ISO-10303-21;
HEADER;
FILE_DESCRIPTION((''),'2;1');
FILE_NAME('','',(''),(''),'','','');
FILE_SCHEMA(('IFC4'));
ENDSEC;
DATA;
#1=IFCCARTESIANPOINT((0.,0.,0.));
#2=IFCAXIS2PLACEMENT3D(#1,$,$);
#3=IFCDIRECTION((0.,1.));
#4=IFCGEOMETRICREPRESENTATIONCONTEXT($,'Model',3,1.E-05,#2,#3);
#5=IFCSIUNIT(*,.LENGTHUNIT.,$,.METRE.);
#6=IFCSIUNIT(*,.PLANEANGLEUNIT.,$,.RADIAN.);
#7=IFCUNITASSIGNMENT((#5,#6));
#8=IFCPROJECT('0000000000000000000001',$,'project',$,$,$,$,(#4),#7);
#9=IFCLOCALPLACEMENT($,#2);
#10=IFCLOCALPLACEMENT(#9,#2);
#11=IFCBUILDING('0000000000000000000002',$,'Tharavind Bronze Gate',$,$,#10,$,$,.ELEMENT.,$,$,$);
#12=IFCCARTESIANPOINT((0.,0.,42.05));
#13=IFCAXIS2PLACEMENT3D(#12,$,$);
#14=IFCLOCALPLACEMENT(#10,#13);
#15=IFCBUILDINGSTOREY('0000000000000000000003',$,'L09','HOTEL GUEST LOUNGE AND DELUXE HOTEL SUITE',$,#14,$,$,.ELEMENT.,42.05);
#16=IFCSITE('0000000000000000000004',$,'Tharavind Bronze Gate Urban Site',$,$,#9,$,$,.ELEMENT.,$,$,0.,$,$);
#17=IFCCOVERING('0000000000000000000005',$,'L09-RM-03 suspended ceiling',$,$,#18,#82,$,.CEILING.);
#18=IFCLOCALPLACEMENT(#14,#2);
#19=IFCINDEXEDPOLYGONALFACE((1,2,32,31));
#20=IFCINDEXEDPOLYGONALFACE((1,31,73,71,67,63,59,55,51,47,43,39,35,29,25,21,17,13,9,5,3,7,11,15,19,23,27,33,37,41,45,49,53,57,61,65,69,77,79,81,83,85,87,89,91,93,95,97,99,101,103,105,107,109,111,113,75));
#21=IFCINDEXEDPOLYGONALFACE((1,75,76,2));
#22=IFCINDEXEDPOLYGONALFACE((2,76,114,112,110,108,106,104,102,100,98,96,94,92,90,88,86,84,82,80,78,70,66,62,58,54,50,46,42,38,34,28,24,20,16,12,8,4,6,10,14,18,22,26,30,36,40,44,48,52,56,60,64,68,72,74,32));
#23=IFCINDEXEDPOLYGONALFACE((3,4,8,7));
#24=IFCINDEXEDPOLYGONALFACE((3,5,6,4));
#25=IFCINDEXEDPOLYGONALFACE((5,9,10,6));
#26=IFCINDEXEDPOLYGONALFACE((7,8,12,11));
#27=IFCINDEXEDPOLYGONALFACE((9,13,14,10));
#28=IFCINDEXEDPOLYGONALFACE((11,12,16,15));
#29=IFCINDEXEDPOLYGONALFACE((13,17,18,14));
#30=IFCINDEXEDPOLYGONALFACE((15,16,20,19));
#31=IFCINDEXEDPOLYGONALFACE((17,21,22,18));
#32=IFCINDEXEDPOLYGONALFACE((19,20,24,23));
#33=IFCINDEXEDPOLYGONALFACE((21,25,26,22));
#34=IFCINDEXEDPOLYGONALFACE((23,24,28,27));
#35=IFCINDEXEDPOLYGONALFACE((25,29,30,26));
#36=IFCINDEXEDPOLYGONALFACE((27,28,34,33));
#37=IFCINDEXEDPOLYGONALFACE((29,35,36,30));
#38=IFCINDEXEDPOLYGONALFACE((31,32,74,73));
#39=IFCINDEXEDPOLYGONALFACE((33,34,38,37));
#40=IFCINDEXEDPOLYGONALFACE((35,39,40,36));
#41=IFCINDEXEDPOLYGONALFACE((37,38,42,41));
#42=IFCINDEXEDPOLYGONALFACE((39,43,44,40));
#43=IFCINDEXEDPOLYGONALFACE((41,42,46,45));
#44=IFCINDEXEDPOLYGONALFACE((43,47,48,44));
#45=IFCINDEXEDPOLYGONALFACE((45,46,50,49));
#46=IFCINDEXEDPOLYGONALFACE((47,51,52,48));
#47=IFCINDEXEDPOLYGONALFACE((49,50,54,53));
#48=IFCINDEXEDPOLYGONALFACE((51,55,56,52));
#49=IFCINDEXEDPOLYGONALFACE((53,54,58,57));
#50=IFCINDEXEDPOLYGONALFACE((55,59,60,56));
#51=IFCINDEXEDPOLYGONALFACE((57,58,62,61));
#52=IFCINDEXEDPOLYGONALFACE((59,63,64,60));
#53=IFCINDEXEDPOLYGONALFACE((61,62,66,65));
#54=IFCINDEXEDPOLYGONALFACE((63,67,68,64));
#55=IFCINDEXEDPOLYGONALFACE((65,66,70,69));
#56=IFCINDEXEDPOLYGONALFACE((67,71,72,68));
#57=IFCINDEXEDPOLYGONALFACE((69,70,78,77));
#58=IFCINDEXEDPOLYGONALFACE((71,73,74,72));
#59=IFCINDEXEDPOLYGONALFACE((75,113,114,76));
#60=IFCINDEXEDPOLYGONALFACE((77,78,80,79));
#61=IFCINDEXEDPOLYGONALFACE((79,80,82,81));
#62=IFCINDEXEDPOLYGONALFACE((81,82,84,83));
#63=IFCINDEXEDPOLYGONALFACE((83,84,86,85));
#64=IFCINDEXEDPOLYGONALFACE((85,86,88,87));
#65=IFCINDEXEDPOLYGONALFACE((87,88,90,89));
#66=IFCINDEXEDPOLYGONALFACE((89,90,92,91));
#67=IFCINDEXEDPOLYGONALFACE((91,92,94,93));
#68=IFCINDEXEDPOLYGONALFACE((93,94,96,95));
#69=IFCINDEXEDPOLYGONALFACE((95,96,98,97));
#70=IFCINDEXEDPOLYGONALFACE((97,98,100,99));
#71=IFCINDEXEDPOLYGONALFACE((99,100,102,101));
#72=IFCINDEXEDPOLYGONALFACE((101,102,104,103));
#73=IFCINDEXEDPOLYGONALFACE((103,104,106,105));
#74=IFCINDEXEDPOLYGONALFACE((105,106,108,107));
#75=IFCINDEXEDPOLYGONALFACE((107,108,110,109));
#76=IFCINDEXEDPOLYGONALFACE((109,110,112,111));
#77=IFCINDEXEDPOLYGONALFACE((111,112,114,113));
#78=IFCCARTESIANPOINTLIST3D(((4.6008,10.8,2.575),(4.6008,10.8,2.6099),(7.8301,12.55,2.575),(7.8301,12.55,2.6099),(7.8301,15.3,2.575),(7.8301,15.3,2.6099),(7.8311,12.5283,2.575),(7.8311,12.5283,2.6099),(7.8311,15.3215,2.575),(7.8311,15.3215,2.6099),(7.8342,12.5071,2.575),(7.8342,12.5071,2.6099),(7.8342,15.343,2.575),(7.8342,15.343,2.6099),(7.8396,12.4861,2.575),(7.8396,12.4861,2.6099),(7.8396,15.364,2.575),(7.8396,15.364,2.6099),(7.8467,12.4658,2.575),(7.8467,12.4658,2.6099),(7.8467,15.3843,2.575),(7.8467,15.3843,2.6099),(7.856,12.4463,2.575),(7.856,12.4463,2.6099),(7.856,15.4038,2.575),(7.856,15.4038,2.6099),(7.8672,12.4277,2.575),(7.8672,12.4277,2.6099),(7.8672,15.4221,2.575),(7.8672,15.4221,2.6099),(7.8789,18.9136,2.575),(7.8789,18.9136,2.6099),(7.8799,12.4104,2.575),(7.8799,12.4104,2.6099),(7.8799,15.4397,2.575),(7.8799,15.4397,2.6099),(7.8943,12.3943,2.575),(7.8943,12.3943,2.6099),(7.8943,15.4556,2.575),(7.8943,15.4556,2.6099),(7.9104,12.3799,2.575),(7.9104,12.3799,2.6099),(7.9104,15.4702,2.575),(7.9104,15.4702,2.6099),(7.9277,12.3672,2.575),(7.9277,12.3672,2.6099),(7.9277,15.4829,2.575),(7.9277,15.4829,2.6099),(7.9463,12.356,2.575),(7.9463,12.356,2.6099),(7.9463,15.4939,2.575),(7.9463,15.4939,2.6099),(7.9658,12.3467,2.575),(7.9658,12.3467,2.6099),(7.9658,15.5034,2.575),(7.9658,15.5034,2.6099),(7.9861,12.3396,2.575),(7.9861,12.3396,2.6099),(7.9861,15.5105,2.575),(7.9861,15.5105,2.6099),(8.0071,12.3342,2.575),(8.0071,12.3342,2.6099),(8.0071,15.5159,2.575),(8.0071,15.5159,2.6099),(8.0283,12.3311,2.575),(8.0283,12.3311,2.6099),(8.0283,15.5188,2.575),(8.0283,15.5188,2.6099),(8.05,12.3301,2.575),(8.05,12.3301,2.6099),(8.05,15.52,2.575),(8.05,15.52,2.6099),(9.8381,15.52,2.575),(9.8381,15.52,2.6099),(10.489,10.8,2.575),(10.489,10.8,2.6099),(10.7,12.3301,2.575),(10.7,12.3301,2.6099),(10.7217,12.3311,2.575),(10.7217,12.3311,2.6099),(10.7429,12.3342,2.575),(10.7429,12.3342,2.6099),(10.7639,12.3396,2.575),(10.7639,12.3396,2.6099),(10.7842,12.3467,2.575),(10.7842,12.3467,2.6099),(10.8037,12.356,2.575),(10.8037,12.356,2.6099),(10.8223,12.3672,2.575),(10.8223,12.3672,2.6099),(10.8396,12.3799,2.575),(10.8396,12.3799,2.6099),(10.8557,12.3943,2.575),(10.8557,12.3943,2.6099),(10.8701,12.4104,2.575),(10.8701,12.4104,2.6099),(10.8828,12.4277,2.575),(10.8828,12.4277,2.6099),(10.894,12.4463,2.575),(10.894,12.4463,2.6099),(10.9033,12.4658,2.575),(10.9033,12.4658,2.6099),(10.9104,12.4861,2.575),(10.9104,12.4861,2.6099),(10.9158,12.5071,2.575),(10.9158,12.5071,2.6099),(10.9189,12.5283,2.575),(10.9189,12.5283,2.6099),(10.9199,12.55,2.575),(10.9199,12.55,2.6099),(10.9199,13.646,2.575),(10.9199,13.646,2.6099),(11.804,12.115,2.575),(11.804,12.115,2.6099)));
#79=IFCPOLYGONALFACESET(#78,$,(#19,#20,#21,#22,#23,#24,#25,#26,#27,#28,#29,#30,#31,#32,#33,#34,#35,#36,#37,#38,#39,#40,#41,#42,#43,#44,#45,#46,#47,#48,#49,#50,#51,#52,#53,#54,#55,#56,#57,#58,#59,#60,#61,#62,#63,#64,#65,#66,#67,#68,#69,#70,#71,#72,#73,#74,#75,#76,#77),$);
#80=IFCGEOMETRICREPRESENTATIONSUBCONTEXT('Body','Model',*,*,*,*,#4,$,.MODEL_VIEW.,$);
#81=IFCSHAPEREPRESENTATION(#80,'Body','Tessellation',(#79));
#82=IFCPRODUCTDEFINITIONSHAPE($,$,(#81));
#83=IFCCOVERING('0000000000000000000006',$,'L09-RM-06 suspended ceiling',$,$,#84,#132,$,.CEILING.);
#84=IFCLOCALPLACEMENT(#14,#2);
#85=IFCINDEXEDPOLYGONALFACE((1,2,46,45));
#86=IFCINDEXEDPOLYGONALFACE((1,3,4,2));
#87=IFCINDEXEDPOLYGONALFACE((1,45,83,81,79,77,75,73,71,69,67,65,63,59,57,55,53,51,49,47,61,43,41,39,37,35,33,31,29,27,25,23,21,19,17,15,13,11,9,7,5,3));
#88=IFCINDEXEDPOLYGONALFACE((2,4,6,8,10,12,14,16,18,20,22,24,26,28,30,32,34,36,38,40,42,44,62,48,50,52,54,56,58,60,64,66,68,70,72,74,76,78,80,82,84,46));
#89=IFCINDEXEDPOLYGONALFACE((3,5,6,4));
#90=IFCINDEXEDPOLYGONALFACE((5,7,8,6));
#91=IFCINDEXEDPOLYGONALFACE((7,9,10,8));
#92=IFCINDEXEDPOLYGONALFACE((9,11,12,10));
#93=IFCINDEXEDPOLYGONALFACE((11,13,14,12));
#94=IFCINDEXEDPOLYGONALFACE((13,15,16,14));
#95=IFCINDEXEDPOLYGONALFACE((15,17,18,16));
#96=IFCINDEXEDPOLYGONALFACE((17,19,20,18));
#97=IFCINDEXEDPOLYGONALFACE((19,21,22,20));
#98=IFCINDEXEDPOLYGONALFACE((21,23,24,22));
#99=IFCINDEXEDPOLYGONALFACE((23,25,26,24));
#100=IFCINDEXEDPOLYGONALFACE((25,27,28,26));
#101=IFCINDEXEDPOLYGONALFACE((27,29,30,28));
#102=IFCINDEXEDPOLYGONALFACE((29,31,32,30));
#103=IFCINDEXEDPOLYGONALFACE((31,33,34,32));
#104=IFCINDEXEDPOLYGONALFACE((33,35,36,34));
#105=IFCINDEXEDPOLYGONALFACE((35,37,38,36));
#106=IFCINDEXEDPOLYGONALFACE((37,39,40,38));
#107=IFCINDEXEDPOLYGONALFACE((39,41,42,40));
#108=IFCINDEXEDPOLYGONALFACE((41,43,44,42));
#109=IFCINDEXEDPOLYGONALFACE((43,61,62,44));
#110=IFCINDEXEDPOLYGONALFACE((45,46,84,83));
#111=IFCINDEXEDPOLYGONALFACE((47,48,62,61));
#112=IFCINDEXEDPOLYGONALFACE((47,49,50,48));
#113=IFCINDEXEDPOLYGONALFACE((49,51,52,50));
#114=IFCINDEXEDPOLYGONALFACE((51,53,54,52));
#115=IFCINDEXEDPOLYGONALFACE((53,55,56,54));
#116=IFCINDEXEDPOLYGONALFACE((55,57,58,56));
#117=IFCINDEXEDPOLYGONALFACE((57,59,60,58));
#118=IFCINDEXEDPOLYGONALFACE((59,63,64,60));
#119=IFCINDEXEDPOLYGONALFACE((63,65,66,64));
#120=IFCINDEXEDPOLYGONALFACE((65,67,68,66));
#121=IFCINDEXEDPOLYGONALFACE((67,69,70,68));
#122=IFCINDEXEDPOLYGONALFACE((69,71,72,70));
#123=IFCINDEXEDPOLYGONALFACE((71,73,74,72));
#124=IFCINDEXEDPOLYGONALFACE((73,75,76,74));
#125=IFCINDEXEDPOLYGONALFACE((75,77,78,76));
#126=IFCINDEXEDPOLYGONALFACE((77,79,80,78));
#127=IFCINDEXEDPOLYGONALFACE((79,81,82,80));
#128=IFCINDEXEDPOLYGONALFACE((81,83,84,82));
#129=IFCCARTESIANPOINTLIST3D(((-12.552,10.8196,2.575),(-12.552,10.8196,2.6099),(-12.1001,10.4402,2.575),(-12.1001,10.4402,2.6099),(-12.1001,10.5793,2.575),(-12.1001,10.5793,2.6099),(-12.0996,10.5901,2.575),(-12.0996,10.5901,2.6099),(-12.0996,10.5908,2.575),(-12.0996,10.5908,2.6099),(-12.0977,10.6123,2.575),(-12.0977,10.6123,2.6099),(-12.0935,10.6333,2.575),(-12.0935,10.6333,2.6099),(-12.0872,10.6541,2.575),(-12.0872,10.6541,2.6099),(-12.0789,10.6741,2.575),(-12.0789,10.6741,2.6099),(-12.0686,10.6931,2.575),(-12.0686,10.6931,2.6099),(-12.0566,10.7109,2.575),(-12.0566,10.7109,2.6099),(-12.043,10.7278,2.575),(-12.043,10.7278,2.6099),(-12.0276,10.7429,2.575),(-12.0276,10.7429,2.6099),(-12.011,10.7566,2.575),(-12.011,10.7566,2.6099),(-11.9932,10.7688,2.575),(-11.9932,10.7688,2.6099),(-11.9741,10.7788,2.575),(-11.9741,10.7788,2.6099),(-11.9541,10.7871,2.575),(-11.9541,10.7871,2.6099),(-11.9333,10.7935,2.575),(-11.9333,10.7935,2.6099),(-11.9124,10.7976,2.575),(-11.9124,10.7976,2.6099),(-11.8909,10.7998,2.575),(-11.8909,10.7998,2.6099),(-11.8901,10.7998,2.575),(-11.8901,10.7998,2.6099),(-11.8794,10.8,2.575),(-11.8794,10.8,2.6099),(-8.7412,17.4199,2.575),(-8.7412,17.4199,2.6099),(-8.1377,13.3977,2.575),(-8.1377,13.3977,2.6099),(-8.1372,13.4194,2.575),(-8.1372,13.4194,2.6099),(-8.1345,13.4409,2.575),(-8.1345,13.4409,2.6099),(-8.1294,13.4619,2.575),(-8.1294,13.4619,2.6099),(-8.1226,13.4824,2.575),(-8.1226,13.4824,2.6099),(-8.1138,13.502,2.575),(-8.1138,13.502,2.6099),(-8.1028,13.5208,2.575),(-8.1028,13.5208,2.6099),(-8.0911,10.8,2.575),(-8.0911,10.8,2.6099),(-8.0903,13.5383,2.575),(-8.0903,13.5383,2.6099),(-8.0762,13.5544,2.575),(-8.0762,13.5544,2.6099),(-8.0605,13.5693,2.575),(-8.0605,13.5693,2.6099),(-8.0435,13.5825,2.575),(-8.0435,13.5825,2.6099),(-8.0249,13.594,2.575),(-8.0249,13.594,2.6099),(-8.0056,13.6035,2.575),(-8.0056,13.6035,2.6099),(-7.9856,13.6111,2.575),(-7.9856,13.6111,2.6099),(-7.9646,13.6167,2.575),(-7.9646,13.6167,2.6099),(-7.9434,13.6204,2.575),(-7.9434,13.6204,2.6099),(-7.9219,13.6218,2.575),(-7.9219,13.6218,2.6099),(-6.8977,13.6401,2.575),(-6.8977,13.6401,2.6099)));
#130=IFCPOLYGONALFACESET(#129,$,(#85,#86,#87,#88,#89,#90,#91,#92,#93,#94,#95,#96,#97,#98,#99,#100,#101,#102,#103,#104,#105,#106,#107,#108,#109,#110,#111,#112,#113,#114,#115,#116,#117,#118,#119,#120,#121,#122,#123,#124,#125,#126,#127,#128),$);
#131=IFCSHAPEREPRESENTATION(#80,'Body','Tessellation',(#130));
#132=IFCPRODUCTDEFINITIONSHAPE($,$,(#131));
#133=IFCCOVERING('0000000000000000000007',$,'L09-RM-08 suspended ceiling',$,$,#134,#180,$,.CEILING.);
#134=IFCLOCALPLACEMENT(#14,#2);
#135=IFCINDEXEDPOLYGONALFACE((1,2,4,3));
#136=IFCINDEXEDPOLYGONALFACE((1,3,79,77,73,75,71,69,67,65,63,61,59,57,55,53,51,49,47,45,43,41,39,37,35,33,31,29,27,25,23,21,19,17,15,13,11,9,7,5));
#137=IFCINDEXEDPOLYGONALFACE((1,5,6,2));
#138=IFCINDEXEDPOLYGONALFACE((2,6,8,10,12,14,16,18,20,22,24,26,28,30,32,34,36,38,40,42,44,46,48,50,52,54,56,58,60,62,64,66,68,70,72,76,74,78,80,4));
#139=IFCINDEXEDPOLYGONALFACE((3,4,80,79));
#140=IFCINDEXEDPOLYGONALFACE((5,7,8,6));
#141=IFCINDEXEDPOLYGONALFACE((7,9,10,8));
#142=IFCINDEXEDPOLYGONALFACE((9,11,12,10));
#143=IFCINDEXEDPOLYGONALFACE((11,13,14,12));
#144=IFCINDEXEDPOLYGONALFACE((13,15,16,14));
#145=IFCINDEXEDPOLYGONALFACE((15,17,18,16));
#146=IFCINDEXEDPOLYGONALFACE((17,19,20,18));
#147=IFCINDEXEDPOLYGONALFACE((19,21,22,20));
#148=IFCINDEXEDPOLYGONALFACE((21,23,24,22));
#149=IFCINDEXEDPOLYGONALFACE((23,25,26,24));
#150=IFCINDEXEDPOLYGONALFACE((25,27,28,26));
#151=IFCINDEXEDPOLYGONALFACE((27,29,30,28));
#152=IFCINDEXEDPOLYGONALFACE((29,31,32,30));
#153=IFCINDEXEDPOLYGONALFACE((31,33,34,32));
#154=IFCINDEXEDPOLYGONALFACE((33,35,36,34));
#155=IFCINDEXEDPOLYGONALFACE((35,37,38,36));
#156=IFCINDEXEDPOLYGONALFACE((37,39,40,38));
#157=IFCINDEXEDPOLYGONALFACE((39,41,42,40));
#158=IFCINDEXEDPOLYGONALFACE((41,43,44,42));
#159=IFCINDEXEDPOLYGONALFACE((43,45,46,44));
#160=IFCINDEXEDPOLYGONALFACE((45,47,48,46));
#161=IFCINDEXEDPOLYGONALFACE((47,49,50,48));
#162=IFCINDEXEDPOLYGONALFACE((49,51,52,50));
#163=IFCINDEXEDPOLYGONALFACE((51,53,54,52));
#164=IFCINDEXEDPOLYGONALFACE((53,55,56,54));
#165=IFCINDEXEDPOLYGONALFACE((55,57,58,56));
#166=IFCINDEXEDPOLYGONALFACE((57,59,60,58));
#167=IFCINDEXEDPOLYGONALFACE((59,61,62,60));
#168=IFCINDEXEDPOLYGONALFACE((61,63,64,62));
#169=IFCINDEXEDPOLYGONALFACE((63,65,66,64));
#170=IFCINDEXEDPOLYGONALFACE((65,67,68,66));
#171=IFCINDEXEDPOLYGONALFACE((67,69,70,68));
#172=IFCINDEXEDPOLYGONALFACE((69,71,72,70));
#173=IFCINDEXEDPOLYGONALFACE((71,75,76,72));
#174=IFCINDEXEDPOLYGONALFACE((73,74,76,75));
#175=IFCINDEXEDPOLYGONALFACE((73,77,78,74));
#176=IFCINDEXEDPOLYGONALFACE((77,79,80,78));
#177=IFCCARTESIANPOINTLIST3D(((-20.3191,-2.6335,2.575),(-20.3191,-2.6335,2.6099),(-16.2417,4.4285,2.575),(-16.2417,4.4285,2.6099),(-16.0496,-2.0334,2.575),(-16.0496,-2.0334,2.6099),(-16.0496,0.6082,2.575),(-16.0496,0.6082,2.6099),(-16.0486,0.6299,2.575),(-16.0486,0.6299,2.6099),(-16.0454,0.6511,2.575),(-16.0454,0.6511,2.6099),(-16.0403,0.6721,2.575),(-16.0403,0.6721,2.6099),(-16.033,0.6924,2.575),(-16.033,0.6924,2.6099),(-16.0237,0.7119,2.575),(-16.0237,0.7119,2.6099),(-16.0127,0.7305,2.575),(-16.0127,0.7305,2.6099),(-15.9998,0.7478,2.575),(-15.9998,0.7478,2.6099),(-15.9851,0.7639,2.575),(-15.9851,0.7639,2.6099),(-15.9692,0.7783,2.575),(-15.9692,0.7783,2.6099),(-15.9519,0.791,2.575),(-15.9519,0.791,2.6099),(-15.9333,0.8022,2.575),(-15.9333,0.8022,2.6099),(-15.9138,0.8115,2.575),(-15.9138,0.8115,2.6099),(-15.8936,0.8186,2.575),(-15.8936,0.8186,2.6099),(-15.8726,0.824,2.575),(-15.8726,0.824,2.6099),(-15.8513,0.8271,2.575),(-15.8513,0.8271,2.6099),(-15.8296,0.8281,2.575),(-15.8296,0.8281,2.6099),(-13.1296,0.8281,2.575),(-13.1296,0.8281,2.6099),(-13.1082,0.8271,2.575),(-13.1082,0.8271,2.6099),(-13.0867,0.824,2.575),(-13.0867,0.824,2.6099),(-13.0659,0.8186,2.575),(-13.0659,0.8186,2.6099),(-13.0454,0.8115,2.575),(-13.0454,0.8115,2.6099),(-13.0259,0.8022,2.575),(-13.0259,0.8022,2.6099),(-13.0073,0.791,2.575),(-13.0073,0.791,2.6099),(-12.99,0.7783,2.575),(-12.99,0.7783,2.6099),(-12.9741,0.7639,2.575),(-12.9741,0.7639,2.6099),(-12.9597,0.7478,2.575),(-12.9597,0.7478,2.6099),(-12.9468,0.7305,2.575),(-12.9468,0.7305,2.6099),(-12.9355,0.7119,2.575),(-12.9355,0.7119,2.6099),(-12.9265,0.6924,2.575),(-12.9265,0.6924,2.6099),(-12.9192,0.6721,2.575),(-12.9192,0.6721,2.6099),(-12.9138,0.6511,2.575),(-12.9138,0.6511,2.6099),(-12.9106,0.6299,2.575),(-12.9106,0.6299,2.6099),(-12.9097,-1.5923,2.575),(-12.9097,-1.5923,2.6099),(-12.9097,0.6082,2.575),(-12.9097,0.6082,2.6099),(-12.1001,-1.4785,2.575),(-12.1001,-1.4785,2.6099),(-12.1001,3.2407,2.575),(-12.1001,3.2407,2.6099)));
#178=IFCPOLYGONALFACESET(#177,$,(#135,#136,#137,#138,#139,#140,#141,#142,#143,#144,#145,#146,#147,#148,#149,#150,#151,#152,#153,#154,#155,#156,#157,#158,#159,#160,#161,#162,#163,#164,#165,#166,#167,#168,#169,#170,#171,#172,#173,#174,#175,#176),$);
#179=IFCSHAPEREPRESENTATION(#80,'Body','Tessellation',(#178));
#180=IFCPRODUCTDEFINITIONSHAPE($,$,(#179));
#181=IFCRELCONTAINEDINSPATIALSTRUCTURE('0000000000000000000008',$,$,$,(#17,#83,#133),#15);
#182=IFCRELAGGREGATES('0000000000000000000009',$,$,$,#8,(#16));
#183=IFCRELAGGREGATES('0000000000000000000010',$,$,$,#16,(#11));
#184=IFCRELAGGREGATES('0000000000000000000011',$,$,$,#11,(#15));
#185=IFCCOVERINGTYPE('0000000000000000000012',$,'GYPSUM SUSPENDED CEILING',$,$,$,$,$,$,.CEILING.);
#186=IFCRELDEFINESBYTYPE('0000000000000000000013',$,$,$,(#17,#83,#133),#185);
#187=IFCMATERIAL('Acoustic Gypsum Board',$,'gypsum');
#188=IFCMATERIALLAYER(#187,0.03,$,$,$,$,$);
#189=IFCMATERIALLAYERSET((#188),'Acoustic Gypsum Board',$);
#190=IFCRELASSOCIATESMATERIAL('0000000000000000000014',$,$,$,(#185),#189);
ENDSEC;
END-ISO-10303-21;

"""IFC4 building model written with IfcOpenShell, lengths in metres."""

from ifc_helpers import new_model, si_unit, direction, frame, origin, place, context, subcontext, project, spatial, polyline, outline, extrude, material, layer, layer_set, type_object, element, save


model = new_model("IFC4")

# Units and contexts
model_context = context("Model", 3, precision=1e-05, world=origin(), true_north=direction((0.0, 1.0)))
body_context = subcontext(model_context, "Body", "Model", "MODEL_VIEW")
ifc_project = project(units=[si_unit("LENGTHUNIT", "METRE"), si_unit("PLANEANGLEUNIT", "RADIAN")], contexts=[model_context])

# Site, building, storey
site_placement = place(None, origin())
site = spatial("IfcSite", under=ifc_project, at=site_placement, Name="Tharavind Bronze Gate Urban Site", CompositionType="ELEMENT", RefElevation=0.0)
building_placement = place(site_placement, origin())
building = spatial("IfcBuilding", under=site, at=building_placement, Name="Tharavind Bronze Gate", CompositionType="ELEMENT")
storey_placement = place(building_placement, frame((0.0, 0.0, 42.05)))
storey = spatial("IfcBuildingStorey", under=building, at=storey_placement, Name="L09", Description="HOTEL GUEST LOUNGE AND DELUXE HOTEL SUITE", CompositionType="ELEMENT", Elevation=42.05)

# Coverings
ifc_material_1 = material(Name="Acoustic Gypsum Board", Category="gypsum")
ifc_layer_1 = layer(ifc_material_1, 0.03)
ifc_layer_set_1 = layer_set([ifc_layer_1], Name="Acoustic Gypsum Board")
covering_type_1 = type_object("IfcCoveringType", Name="GYPSUM SUSPENDED CEILING", PredefinedType="CEILING", material=ifc_layer_set_1)
covering_1_placement = place(storey_placement, frame((0.0, 0.0, 2.575)))
element("IfcCovering", 1, at=covering_1_placement, inside=storey, type_object=covering_type_1, Name="L09-RM-03 suspended ceiling", PredefinedType="CEILING", context=body_context, shape_type="SweptSolid", body=[
    extrude(outline(polyline([(10.489, 10.8), (11.804, 12.115), (10.9199, 13.646), (10.9199, 12.55), (10.9189, 12.5283), (10.9158, 12.5071), (10.9104, 12.4861), (10.9033, 12.4658), (10.894, 12.4463), (10.8828, 12.4277), (10.8701, 12.4104), (10.8557, 12.3943), (10.8396, 12.3799), (10.8223, 12.3672), (10.8037, 12.356), (10.7842, 12.3467), (10.7639, 12.3396), (10.7429, 12.3342), (10.7217, 12.3311), (10.7, 12.3301), (8.05, 12.3301), (8.0283, 12.3311), (8.0071, 12.3342), (7.9861, 12.3396), (7.9658, 12.3467), (7.9463, 12.356), (7.9277, 12.3672), (7.9104, 12.3799), (7.8943, 12.3943), (7.8799, 12.4104), (7.8672, 12.4277), (7.856, 12.4463), (7.8467, 12.4658), (7.8396, 12.4861), (7.8342, 12.5071), (7.8311, 12.5283), (7.8301, 12.55), (7.8301, 15.3), (7.8311, 15.3215), (7.8342, 15.343), (7.8396, 15.364), (7.8467, 15.3843), (7.856, 15.4038), (7.8672, 15.4221), (7.8799, 15.4397), (7.8943, 15.4556), (7.9104, 15.4702), (7.9277, 15.4829), (7.9463, 15.4939), (7.9658, 15.5034), (7.9861, 15.5105), (8.0071, 15.5159), (8.0283, 15.5188), (8.05, 15.52), (9.8381, 15.52), (7.8789, 18.9136), (4.6008, 10.8), (10.489, 10.8)])), origin(), (0.0, 0.0, 1.0), 0.0349),
])
covering_2_placement = place(storey_placement, frame((0.0, 0.0, 2.575)))
element("IfcCovering", 2, at=covering_2_placement, inside=storey, type_object=covering_type_1, Name="L09-RM-06 suspended ceiling", PredefinedType="CEILING", context=body_context, shape_type="SweptSolid", body=[
    extrude(outline(polyline([(-12.1001, 10.4402), (-12.1001, 10.5793), (-12.0996, 10.5901), (-12.0996, 10.5908), (-12.0977, 10.6123), (-12.0935, 10.6333), (-12.0872, 10.6541), (-12.0789, 10.6741), (-12.0686, 10.6931), (-12.0566, 10.7109), (-12.043, 10.7278), (-12.0276, 10.7429), (-12.011, 10.7566), (-11.9932, 10.7688), (-11.9741, 10.7788), (-11.9541, 10.7871), (-11.9333, 10.7935), (-11.9124, 10.7976), (-11.8909, 10.7998), (-11.8901, 10.7998), (-11.8794, 10.8), (-8.0911, 10.8), (-8.1377, 13.3977), (-8.1372, 13.4194), (-8.1345, 13.4409), (-8.1294, 13.4619), (-8.1226, 13.4824), (-8.1138, 13.502), (-8.1028, 13.5208), (-8.0903, 13.5383), (-8.0762, 13.5544), (-8.0605, 13.5693), (-8.0435, 13.5825), (-8.0249, 13.594), (-8.0056, 13.6035), (-7.9856, 13.6111), (-7.9646, 13.6167), (-7.9434, 13.6204), (-7.9219, 13.6218), (-6.8977, 13.6401), (-8.7412, 17.4199), (-12.552, 10.8196), (-12.1001, 10.4402)])), origin(), (0.0, 0.0, 1.0), 0.0349),
])
covering_3_placement = place(storey_placement, frame((0.0, 0.0, 2.575)))
element("IfcCovering", 3, at=covering_3_placement, inside=storey, type_object=covering_type_1, Name="L09-RM-08 suspended ceiling", PredefinedType="CEILING", context=body_context, shape_type="SweptSolid", body=[
    extrude(outline(polyline([(-16.0496, -2.0334), (-16.0496, 0.6082), (-16.0486, 0.6299), (-16.0454, 0.6511), (-16.0403, 0.6721), (-16.033, 0.6924), (-16.0237, 0.7119), (-16.0127, 0.7305), (-15.9998, 0.7478), (-15.9851, 0.7639), (-15.9692, 0.7783), (-15.9519, 0.791), (-15.9333, 0.8022), (-15.9138, 0.8115), (-15.8936, 0.8186), (-15.8726, 0.824), (-15.8513, 0.8271), (-15.8296, 0.8281), (-13.1296, 0.8281), (-13.1082, 0.8271), (-13.0867, 0.824), (-13.0659, 0.8186), (-13.0454, 0.8115), (-13.0259, 0.8022), (-13.0073, 0.791), (-12.99, 0.7783), (-12.9741, 0.7639), (-12.9597, 0.7478), (-12.9468, 0.7305), (-12.9355, 0.7119), (-12.9265, 0.6924), (-12.9192, 0.6721), (-12.9138, 0.6511), (-12.9106, 0.6299), (-12.9097, 0.6082), (-12.9097, -1.5923), (-12.1001, -1.4785), (-12.1001, 3.2407), (-16.2417, 4.4285), (-20.3191, -2.6335), (-16.0496, -2.0334)])), origin(), (0.0, 0.0, 1.0), 0.0349),
])

save(model, "model.ifc")
